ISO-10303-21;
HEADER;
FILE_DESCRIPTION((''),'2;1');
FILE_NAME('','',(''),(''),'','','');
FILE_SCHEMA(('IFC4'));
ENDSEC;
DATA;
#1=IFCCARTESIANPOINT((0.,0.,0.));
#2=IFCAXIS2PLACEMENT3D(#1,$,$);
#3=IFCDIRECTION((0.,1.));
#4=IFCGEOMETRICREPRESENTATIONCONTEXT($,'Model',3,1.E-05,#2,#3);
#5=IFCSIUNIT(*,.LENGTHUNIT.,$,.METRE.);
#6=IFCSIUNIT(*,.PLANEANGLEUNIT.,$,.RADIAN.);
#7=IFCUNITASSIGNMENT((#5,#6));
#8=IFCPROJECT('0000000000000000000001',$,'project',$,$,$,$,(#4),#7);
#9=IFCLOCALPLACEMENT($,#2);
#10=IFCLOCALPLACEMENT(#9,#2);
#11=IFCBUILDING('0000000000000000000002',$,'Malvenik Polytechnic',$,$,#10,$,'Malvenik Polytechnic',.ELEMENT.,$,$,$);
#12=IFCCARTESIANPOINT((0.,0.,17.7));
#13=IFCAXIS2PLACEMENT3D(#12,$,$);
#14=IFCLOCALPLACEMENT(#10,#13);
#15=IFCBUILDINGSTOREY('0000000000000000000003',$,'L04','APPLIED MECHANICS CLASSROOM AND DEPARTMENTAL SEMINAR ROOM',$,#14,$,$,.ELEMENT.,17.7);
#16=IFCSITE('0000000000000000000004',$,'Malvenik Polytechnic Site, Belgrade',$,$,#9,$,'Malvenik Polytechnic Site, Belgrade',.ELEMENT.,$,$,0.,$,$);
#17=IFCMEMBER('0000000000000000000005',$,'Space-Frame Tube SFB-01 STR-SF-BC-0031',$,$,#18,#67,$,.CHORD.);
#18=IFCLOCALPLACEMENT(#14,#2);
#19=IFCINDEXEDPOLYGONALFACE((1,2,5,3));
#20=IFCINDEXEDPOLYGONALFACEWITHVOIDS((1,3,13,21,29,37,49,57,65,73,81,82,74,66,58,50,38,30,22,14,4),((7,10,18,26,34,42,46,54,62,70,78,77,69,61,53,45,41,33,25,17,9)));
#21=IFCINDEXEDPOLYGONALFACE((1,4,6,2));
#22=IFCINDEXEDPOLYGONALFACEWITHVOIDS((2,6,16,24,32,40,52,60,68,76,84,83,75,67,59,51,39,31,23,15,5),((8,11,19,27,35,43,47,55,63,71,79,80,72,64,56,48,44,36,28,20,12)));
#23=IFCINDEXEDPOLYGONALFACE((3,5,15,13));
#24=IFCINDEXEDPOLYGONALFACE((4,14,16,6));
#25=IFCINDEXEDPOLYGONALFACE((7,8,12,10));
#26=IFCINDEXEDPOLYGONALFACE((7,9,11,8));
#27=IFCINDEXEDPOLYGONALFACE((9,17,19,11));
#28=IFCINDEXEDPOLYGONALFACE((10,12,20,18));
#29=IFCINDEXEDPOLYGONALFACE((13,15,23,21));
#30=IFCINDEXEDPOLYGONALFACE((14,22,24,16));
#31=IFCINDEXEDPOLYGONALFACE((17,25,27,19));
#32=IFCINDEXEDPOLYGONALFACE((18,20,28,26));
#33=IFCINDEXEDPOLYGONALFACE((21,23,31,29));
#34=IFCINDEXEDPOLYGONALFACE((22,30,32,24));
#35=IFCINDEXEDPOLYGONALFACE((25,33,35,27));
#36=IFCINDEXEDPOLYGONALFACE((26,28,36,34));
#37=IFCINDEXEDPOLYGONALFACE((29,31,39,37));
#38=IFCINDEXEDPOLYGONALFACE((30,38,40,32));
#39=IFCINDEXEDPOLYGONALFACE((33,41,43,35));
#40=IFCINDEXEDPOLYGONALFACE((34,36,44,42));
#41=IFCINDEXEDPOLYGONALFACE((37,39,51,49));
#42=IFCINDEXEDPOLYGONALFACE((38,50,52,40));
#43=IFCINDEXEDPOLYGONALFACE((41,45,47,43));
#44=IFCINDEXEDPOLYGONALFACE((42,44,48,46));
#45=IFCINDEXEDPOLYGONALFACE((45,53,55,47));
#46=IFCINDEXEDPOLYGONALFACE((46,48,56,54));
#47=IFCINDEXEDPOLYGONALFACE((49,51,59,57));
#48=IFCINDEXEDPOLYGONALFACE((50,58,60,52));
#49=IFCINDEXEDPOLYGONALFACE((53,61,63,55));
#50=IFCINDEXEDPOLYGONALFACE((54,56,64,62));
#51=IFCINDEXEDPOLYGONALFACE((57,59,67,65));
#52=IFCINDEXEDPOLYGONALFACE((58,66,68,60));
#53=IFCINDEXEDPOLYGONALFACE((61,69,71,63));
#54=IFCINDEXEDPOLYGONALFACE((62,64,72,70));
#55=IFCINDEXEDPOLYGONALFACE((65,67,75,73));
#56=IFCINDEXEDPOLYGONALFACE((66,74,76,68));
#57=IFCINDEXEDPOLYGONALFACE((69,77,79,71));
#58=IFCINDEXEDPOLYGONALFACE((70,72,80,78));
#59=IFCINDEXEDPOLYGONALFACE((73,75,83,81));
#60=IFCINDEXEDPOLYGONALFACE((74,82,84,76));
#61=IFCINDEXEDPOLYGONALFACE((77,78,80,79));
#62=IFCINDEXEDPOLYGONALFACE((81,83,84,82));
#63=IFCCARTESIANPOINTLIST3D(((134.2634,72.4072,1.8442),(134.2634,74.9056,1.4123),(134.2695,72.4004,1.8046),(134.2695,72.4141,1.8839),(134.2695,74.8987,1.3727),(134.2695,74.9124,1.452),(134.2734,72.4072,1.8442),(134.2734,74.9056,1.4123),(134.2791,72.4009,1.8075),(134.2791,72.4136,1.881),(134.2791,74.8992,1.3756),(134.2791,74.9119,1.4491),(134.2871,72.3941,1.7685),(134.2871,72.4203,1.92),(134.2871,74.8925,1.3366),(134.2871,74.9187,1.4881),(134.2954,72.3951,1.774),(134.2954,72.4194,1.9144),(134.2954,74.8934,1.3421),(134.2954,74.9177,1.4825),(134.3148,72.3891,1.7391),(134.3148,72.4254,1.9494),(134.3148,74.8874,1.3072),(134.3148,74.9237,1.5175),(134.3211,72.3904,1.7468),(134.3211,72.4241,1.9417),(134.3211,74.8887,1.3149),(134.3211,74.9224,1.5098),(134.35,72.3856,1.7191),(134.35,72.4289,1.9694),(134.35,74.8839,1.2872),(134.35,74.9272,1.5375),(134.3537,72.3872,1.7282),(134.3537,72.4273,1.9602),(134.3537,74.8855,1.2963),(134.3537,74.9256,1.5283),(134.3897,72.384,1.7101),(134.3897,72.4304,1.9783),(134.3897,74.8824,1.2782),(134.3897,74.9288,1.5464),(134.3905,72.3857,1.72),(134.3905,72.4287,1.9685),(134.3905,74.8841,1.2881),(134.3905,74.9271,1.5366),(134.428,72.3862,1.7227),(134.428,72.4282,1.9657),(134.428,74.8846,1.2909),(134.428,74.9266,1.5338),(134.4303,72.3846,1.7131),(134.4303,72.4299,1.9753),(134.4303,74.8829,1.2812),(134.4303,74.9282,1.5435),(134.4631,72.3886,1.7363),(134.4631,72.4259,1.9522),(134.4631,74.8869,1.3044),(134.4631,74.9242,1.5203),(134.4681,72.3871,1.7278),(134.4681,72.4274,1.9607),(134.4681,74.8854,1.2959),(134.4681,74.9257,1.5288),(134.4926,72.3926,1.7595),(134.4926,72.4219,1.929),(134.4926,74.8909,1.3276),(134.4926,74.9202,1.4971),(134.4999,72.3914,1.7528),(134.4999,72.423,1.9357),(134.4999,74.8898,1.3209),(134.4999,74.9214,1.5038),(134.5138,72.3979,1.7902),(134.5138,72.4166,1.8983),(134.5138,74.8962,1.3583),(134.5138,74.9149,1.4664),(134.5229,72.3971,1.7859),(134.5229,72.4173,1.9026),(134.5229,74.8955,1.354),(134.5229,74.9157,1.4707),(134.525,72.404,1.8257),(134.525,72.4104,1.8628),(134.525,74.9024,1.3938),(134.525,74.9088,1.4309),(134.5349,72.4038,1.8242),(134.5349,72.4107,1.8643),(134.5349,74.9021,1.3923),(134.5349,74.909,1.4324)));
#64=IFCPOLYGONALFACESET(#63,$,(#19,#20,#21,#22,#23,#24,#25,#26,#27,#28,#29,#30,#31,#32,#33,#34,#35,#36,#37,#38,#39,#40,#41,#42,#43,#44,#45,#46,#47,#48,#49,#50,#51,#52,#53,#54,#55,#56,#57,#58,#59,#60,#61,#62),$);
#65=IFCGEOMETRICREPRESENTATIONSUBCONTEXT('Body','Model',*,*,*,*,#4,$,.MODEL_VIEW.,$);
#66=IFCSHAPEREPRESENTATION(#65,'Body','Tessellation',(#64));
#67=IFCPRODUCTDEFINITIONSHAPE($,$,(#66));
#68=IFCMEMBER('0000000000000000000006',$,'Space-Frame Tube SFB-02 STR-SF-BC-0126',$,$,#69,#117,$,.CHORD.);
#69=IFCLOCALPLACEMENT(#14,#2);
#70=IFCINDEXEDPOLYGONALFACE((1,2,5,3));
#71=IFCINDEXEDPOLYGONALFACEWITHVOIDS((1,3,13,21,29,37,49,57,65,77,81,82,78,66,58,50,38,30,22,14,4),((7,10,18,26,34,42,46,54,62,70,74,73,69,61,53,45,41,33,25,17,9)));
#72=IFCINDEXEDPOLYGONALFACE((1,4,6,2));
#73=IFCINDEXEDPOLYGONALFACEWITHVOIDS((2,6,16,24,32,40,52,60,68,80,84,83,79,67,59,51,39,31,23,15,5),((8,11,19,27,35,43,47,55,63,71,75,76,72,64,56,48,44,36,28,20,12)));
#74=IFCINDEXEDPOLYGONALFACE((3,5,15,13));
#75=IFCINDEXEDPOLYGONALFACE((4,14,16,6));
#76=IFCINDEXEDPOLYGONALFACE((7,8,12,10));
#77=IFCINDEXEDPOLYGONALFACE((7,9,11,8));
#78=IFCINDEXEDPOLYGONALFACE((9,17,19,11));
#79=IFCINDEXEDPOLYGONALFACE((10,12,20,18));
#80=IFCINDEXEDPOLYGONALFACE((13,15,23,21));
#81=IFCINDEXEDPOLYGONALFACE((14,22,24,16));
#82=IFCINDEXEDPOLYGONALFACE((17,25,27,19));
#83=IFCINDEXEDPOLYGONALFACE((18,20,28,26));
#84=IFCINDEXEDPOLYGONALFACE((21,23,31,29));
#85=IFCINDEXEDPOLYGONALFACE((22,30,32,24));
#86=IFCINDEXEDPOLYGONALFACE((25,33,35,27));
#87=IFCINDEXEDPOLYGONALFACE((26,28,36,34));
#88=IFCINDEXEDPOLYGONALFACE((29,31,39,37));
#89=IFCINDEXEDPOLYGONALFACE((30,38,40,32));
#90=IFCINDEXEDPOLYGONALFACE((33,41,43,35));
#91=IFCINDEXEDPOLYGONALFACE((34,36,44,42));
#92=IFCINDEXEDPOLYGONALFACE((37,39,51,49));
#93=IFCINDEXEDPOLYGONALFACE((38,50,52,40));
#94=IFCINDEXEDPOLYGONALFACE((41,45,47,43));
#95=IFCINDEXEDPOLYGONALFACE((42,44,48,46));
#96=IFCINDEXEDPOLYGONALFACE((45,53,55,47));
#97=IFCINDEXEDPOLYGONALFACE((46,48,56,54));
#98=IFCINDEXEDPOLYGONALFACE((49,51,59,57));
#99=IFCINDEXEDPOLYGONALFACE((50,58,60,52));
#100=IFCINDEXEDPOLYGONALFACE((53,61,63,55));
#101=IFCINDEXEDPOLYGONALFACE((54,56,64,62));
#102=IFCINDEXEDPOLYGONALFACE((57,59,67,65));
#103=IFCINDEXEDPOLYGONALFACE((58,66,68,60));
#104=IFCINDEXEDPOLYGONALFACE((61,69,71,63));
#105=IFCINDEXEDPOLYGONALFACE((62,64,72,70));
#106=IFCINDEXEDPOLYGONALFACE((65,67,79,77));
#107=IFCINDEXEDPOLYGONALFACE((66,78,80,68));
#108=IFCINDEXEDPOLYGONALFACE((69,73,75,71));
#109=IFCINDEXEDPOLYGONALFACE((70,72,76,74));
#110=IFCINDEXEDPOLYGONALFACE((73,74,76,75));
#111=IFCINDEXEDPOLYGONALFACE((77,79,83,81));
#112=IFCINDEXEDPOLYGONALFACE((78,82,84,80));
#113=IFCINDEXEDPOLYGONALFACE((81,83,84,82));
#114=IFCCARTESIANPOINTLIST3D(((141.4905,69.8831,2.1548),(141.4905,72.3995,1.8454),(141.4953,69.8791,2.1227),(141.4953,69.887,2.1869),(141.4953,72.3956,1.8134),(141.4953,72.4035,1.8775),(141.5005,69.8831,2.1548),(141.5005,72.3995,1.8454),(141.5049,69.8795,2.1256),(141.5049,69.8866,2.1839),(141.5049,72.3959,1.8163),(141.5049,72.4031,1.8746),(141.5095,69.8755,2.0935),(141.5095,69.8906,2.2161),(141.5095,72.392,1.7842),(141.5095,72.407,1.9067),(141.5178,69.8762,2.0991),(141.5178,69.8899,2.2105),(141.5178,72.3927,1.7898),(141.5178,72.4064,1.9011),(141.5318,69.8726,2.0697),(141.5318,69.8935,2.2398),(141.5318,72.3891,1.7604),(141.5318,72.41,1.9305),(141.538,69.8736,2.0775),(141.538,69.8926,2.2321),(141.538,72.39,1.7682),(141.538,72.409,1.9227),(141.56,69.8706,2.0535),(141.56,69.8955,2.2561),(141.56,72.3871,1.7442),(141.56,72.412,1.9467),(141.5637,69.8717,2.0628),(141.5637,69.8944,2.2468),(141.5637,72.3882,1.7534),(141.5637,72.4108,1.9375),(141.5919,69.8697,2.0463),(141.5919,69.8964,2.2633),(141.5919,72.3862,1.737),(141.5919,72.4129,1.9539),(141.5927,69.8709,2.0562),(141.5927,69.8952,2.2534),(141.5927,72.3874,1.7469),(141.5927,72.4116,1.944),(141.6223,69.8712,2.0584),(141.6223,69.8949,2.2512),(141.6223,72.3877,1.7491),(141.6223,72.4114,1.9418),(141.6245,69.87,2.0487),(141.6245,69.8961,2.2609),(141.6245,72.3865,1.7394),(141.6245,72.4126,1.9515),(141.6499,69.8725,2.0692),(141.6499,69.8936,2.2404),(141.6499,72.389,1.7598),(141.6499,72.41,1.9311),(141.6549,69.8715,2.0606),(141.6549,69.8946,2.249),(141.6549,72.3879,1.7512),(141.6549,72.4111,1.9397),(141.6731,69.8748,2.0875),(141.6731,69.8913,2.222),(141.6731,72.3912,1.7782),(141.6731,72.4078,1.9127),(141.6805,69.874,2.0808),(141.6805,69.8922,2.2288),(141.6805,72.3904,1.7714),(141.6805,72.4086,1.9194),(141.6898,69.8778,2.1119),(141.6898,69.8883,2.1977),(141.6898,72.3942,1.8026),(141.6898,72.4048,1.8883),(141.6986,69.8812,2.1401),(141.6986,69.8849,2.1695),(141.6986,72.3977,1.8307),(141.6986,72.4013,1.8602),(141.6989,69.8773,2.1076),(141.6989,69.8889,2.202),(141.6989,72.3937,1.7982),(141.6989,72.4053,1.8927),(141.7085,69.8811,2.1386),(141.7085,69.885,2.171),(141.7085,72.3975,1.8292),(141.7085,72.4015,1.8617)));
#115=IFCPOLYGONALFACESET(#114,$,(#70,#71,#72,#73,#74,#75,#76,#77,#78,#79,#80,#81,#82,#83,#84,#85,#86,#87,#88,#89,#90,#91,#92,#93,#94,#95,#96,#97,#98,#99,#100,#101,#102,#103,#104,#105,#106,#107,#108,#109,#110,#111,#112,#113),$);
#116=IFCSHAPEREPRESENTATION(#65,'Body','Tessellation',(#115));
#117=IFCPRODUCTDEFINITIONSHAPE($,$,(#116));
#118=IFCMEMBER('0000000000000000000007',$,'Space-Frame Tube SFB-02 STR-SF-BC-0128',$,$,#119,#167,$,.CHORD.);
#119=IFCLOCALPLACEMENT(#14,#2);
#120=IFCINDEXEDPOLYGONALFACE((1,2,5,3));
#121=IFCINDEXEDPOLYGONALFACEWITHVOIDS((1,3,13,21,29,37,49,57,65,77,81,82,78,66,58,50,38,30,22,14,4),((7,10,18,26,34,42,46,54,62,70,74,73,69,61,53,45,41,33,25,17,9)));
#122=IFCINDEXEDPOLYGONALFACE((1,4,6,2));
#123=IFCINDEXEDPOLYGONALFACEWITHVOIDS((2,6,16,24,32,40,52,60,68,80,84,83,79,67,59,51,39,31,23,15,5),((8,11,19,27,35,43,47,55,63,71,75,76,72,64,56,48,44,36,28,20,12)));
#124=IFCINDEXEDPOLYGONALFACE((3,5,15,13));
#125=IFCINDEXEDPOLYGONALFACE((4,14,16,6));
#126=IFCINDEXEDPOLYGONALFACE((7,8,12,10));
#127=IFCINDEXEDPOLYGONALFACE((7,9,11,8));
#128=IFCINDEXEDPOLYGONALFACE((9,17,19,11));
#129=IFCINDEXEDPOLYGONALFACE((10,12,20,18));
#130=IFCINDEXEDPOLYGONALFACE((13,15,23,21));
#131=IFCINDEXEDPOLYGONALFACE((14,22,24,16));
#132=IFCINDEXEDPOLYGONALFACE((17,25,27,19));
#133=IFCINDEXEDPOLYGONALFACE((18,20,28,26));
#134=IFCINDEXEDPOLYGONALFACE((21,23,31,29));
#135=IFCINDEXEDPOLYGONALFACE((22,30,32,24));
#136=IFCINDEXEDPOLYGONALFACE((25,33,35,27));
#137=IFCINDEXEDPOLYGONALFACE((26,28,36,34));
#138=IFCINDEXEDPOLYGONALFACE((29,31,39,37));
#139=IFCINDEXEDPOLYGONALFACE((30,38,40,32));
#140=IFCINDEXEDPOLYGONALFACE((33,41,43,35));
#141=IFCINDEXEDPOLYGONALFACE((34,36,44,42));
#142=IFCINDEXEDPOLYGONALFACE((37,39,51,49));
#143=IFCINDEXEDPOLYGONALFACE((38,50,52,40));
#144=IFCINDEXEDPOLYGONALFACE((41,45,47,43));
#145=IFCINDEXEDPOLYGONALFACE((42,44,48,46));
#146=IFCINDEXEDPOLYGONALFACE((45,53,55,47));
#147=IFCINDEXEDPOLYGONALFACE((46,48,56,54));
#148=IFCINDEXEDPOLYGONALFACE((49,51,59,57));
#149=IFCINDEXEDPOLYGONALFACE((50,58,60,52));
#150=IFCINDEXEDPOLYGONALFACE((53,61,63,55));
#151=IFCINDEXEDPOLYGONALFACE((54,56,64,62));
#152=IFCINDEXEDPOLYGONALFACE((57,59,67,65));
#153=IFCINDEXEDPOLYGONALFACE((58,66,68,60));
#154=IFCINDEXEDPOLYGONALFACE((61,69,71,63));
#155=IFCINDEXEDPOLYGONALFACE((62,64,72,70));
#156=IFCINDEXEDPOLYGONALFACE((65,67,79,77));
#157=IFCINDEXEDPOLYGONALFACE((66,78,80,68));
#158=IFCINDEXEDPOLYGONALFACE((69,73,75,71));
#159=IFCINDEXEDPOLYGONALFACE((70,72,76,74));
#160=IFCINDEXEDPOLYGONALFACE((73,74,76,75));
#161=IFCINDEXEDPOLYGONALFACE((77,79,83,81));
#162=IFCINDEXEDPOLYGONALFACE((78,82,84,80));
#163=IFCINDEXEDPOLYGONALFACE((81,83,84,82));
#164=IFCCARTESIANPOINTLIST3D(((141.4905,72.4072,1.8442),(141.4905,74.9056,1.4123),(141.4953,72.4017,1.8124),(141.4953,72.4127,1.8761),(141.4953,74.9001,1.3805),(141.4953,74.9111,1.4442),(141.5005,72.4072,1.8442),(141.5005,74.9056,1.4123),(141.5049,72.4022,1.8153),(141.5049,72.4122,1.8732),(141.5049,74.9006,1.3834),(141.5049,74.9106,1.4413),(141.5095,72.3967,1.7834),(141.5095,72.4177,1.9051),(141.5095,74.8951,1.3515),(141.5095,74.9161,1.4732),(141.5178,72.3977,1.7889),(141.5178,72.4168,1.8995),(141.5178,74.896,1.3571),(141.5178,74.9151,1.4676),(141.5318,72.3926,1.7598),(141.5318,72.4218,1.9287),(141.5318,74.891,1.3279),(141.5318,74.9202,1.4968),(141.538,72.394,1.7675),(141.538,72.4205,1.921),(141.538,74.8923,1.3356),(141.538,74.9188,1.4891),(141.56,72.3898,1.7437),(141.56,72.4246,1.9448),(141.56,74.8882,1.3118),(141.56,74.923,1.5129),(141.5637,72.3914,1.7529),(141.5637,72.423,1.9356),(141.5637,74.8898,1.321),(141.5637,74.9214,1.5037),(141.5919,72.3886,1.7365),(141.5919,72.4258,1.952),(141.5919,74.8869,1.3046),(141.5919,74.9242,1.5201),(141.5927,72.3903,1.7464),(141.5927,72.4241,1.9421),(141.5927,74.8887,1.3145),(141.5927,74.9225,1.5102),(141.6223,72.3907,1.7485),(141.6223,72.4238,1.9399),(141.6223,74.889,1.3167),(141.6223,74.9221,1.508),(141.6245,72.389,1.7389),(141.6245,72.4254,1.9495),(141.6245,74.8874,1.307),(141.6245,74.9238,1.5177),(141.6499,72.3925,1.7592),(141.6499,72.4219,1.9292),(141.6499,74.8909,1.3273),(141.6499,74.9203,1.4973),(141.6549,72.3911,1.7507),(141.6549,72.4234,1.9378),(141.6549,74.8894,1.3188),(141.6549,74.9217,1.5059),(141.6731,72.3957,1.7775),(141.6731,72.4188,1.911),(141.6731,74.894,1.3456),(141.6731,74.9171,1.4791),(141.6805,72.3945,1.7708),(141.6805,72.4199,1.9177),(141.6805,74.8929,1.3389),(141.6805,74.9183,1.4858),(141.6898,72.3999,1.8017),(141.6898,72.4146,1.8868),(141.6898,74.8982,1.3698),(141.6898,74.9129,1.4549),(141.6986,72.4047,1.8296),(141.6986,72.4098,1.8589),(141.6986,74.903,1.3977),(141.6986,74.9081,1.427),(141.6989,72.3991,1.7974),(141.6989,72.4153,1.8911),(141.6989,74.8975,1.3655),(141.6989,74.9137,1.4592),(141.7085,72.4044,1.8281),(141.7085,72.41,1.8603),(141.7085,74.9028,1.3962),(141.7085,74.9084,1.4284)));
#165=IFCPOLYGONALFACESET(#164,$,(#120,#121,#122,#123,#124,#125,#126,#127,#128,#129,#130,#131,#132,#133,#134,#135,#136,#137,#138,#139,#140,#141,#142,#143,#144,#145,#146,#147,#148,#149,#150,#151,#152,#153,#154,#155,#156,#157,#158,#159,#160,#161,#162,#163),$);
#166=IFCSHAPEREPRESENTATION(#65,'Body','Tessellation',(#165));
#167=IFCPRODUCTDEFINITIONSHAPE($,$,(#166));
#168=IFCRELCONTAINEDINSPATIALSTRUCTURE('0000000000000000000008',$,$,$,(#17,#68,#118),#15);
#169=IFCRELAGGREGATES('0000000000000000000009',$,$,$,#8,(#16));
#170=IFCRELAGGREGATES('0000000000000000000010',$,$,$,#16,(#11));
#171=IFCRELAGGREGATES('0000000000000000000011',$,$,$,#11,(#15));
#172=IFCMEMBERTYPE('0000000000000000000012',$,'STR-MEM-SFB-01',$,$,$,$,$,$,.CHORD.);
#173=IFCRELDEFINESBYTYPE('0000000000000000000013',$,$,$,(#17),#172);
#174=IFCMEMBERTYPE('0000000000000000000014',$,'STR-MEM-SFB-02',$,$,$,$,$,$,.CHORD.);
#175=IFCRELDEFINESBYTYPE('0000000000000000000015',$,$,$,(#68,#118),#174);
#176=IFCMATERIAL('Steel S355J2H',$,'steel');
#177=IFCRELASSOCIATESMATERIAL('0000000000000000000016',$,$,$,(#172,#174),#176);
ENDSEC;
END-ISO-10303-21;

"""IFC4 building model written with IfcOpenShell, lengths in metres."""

from ifc_helpers import new_model, si_unit, direction, frame, origin, origin_2d, place, context, subcontext, project, spatial, hollow_circle, extrude, material, material_profile, profile_set, type_object, element, save


model = new_model("IFC4")

# Units and contexts
model_context = context("Model", 3, precision=1e-05, world=origin(), true_north=direction((0.0, 1.0)))
body_context = subcontext(model_context, "Body", "Model", "MODEL_VIEW")
ifc_project = project(units=[si_unit("LENGTHUNIT", "METRE"), si_unit("PLANEANGLEUNIT", "RADIAN")], contexts=[model_context])

# Site, building, storey
site_placement = place(None, origin())
site = spatial("IfcSite", under=ifc_project, at=site_placement, Name="Malvenik Polytechnic Site, Belgrade", LongName="Malvenik Polytechnic Site, Belgrade", CompositionType="ELEMENT", RefElevation=0.0)
building_placement = place(site_placement, origin())
building = spatial("IfcBuilding", under=site, at=building_placement, Name="Malvenik Polytechnic", LongName="Malvenik Polytechnic", CompositionType="ELEMENT")
storey_placement = place(building_placement, frame((0.0, 0.0, 17.7)))
storey = spatial("IfcBuildingStorey", under=building, at=storey_placement, Name="L04", Description="APPLIED MECHANICS CLASSROOM AND DEPARTMENTAL SEMINAR ROOM", CompositionType="ELEMENT", Elevation=17.7)

# Members
ifc_material_1 = material(Name="Steel S355J2H", Category="steel")
ifc_material_profile_1 = material_profile(ifc_material_1, hollow_circle(Radius=0.1365, WallThickness=0.01, at=origin_2d()), Name="CHS 273.0x10.0")
ifc_profile_set_1 = profile_set([ifc_material_profile_1], Name="Steel S355J2H")
member_type_1 = type_object("IfcMemberType", Name="STR-MEM-SFB-01", PredefinedType="CHORD", material=ifc_profile_set_1)
member_1_placement = place(storey_placement, frame((134.3999, 72.4072, 1.8442), z_axis=(0.0, 0.985384, -0.170345), x_axis=(-1.0, 0.0, 0.0)))
element("IfcMember", 1, at=member_1_placement, inside=storey, type_object=member_type_1, Name="Space-Frame Tube SFB-01 STR-SF-BC-0031", PredefinedType="CHORD", context=body_context, shape_type="SweptSolid", body=[
    extrude(hollow_circle(Radius=0.1365, WallThickness=0.01, at=origin_2d()), origin(), (0.0, 0.0, 1.0), 2.5354),
])
ifc_material_profile_2 = material_profile(ifc_material_1, hollow_circle(Radius=0.1096, WallThickness=0.01, at=origin_2d()), Name="CHS 219.1x10.0")
ifc_profile_set_2 = profile_set([ifc_material_profile_2], Name="Steel S355J2H")
member_type_2 = type_object("IfcMemberType", Name="STR-MEM-SFB-02", PredefinedType="CHORD", material=ifc_profile_set_2)
for number, where, z_axis, x_axis, name in (
    (2, (141.6001, 69.8831, 2.1548), (0.0, 0.992529, -0.122008), (-1.0, 0.0, 0.0), "Space-Frame Tube SFB-02 STR-SF-BC-0126"),
    (3, (141.6001, 72.4072, 1.8442), (0.0, 0.985384, -0.170345), (-1.0, 0.0, 0.0), "Space-Frame Tube SFB-02 STR-SF-BC-0128"),
):
    element("IfcMember", number, at=place(storey_placement, frame(where, z_axis=z_axis, x_axis=x_axis)), inside=storey, type_object=member_type_2, Name=name, PredefinedType="CHORD", context=body_context, shape_type="SweptSolid", body=[
        extrude(hollow_circle(Radius=0.1096, WallThickness=0.01, at=origin_2d()), origin(), (0.0, 0.0, 1.0), 2.5354),
    ])

save(model, "model.ifc")
